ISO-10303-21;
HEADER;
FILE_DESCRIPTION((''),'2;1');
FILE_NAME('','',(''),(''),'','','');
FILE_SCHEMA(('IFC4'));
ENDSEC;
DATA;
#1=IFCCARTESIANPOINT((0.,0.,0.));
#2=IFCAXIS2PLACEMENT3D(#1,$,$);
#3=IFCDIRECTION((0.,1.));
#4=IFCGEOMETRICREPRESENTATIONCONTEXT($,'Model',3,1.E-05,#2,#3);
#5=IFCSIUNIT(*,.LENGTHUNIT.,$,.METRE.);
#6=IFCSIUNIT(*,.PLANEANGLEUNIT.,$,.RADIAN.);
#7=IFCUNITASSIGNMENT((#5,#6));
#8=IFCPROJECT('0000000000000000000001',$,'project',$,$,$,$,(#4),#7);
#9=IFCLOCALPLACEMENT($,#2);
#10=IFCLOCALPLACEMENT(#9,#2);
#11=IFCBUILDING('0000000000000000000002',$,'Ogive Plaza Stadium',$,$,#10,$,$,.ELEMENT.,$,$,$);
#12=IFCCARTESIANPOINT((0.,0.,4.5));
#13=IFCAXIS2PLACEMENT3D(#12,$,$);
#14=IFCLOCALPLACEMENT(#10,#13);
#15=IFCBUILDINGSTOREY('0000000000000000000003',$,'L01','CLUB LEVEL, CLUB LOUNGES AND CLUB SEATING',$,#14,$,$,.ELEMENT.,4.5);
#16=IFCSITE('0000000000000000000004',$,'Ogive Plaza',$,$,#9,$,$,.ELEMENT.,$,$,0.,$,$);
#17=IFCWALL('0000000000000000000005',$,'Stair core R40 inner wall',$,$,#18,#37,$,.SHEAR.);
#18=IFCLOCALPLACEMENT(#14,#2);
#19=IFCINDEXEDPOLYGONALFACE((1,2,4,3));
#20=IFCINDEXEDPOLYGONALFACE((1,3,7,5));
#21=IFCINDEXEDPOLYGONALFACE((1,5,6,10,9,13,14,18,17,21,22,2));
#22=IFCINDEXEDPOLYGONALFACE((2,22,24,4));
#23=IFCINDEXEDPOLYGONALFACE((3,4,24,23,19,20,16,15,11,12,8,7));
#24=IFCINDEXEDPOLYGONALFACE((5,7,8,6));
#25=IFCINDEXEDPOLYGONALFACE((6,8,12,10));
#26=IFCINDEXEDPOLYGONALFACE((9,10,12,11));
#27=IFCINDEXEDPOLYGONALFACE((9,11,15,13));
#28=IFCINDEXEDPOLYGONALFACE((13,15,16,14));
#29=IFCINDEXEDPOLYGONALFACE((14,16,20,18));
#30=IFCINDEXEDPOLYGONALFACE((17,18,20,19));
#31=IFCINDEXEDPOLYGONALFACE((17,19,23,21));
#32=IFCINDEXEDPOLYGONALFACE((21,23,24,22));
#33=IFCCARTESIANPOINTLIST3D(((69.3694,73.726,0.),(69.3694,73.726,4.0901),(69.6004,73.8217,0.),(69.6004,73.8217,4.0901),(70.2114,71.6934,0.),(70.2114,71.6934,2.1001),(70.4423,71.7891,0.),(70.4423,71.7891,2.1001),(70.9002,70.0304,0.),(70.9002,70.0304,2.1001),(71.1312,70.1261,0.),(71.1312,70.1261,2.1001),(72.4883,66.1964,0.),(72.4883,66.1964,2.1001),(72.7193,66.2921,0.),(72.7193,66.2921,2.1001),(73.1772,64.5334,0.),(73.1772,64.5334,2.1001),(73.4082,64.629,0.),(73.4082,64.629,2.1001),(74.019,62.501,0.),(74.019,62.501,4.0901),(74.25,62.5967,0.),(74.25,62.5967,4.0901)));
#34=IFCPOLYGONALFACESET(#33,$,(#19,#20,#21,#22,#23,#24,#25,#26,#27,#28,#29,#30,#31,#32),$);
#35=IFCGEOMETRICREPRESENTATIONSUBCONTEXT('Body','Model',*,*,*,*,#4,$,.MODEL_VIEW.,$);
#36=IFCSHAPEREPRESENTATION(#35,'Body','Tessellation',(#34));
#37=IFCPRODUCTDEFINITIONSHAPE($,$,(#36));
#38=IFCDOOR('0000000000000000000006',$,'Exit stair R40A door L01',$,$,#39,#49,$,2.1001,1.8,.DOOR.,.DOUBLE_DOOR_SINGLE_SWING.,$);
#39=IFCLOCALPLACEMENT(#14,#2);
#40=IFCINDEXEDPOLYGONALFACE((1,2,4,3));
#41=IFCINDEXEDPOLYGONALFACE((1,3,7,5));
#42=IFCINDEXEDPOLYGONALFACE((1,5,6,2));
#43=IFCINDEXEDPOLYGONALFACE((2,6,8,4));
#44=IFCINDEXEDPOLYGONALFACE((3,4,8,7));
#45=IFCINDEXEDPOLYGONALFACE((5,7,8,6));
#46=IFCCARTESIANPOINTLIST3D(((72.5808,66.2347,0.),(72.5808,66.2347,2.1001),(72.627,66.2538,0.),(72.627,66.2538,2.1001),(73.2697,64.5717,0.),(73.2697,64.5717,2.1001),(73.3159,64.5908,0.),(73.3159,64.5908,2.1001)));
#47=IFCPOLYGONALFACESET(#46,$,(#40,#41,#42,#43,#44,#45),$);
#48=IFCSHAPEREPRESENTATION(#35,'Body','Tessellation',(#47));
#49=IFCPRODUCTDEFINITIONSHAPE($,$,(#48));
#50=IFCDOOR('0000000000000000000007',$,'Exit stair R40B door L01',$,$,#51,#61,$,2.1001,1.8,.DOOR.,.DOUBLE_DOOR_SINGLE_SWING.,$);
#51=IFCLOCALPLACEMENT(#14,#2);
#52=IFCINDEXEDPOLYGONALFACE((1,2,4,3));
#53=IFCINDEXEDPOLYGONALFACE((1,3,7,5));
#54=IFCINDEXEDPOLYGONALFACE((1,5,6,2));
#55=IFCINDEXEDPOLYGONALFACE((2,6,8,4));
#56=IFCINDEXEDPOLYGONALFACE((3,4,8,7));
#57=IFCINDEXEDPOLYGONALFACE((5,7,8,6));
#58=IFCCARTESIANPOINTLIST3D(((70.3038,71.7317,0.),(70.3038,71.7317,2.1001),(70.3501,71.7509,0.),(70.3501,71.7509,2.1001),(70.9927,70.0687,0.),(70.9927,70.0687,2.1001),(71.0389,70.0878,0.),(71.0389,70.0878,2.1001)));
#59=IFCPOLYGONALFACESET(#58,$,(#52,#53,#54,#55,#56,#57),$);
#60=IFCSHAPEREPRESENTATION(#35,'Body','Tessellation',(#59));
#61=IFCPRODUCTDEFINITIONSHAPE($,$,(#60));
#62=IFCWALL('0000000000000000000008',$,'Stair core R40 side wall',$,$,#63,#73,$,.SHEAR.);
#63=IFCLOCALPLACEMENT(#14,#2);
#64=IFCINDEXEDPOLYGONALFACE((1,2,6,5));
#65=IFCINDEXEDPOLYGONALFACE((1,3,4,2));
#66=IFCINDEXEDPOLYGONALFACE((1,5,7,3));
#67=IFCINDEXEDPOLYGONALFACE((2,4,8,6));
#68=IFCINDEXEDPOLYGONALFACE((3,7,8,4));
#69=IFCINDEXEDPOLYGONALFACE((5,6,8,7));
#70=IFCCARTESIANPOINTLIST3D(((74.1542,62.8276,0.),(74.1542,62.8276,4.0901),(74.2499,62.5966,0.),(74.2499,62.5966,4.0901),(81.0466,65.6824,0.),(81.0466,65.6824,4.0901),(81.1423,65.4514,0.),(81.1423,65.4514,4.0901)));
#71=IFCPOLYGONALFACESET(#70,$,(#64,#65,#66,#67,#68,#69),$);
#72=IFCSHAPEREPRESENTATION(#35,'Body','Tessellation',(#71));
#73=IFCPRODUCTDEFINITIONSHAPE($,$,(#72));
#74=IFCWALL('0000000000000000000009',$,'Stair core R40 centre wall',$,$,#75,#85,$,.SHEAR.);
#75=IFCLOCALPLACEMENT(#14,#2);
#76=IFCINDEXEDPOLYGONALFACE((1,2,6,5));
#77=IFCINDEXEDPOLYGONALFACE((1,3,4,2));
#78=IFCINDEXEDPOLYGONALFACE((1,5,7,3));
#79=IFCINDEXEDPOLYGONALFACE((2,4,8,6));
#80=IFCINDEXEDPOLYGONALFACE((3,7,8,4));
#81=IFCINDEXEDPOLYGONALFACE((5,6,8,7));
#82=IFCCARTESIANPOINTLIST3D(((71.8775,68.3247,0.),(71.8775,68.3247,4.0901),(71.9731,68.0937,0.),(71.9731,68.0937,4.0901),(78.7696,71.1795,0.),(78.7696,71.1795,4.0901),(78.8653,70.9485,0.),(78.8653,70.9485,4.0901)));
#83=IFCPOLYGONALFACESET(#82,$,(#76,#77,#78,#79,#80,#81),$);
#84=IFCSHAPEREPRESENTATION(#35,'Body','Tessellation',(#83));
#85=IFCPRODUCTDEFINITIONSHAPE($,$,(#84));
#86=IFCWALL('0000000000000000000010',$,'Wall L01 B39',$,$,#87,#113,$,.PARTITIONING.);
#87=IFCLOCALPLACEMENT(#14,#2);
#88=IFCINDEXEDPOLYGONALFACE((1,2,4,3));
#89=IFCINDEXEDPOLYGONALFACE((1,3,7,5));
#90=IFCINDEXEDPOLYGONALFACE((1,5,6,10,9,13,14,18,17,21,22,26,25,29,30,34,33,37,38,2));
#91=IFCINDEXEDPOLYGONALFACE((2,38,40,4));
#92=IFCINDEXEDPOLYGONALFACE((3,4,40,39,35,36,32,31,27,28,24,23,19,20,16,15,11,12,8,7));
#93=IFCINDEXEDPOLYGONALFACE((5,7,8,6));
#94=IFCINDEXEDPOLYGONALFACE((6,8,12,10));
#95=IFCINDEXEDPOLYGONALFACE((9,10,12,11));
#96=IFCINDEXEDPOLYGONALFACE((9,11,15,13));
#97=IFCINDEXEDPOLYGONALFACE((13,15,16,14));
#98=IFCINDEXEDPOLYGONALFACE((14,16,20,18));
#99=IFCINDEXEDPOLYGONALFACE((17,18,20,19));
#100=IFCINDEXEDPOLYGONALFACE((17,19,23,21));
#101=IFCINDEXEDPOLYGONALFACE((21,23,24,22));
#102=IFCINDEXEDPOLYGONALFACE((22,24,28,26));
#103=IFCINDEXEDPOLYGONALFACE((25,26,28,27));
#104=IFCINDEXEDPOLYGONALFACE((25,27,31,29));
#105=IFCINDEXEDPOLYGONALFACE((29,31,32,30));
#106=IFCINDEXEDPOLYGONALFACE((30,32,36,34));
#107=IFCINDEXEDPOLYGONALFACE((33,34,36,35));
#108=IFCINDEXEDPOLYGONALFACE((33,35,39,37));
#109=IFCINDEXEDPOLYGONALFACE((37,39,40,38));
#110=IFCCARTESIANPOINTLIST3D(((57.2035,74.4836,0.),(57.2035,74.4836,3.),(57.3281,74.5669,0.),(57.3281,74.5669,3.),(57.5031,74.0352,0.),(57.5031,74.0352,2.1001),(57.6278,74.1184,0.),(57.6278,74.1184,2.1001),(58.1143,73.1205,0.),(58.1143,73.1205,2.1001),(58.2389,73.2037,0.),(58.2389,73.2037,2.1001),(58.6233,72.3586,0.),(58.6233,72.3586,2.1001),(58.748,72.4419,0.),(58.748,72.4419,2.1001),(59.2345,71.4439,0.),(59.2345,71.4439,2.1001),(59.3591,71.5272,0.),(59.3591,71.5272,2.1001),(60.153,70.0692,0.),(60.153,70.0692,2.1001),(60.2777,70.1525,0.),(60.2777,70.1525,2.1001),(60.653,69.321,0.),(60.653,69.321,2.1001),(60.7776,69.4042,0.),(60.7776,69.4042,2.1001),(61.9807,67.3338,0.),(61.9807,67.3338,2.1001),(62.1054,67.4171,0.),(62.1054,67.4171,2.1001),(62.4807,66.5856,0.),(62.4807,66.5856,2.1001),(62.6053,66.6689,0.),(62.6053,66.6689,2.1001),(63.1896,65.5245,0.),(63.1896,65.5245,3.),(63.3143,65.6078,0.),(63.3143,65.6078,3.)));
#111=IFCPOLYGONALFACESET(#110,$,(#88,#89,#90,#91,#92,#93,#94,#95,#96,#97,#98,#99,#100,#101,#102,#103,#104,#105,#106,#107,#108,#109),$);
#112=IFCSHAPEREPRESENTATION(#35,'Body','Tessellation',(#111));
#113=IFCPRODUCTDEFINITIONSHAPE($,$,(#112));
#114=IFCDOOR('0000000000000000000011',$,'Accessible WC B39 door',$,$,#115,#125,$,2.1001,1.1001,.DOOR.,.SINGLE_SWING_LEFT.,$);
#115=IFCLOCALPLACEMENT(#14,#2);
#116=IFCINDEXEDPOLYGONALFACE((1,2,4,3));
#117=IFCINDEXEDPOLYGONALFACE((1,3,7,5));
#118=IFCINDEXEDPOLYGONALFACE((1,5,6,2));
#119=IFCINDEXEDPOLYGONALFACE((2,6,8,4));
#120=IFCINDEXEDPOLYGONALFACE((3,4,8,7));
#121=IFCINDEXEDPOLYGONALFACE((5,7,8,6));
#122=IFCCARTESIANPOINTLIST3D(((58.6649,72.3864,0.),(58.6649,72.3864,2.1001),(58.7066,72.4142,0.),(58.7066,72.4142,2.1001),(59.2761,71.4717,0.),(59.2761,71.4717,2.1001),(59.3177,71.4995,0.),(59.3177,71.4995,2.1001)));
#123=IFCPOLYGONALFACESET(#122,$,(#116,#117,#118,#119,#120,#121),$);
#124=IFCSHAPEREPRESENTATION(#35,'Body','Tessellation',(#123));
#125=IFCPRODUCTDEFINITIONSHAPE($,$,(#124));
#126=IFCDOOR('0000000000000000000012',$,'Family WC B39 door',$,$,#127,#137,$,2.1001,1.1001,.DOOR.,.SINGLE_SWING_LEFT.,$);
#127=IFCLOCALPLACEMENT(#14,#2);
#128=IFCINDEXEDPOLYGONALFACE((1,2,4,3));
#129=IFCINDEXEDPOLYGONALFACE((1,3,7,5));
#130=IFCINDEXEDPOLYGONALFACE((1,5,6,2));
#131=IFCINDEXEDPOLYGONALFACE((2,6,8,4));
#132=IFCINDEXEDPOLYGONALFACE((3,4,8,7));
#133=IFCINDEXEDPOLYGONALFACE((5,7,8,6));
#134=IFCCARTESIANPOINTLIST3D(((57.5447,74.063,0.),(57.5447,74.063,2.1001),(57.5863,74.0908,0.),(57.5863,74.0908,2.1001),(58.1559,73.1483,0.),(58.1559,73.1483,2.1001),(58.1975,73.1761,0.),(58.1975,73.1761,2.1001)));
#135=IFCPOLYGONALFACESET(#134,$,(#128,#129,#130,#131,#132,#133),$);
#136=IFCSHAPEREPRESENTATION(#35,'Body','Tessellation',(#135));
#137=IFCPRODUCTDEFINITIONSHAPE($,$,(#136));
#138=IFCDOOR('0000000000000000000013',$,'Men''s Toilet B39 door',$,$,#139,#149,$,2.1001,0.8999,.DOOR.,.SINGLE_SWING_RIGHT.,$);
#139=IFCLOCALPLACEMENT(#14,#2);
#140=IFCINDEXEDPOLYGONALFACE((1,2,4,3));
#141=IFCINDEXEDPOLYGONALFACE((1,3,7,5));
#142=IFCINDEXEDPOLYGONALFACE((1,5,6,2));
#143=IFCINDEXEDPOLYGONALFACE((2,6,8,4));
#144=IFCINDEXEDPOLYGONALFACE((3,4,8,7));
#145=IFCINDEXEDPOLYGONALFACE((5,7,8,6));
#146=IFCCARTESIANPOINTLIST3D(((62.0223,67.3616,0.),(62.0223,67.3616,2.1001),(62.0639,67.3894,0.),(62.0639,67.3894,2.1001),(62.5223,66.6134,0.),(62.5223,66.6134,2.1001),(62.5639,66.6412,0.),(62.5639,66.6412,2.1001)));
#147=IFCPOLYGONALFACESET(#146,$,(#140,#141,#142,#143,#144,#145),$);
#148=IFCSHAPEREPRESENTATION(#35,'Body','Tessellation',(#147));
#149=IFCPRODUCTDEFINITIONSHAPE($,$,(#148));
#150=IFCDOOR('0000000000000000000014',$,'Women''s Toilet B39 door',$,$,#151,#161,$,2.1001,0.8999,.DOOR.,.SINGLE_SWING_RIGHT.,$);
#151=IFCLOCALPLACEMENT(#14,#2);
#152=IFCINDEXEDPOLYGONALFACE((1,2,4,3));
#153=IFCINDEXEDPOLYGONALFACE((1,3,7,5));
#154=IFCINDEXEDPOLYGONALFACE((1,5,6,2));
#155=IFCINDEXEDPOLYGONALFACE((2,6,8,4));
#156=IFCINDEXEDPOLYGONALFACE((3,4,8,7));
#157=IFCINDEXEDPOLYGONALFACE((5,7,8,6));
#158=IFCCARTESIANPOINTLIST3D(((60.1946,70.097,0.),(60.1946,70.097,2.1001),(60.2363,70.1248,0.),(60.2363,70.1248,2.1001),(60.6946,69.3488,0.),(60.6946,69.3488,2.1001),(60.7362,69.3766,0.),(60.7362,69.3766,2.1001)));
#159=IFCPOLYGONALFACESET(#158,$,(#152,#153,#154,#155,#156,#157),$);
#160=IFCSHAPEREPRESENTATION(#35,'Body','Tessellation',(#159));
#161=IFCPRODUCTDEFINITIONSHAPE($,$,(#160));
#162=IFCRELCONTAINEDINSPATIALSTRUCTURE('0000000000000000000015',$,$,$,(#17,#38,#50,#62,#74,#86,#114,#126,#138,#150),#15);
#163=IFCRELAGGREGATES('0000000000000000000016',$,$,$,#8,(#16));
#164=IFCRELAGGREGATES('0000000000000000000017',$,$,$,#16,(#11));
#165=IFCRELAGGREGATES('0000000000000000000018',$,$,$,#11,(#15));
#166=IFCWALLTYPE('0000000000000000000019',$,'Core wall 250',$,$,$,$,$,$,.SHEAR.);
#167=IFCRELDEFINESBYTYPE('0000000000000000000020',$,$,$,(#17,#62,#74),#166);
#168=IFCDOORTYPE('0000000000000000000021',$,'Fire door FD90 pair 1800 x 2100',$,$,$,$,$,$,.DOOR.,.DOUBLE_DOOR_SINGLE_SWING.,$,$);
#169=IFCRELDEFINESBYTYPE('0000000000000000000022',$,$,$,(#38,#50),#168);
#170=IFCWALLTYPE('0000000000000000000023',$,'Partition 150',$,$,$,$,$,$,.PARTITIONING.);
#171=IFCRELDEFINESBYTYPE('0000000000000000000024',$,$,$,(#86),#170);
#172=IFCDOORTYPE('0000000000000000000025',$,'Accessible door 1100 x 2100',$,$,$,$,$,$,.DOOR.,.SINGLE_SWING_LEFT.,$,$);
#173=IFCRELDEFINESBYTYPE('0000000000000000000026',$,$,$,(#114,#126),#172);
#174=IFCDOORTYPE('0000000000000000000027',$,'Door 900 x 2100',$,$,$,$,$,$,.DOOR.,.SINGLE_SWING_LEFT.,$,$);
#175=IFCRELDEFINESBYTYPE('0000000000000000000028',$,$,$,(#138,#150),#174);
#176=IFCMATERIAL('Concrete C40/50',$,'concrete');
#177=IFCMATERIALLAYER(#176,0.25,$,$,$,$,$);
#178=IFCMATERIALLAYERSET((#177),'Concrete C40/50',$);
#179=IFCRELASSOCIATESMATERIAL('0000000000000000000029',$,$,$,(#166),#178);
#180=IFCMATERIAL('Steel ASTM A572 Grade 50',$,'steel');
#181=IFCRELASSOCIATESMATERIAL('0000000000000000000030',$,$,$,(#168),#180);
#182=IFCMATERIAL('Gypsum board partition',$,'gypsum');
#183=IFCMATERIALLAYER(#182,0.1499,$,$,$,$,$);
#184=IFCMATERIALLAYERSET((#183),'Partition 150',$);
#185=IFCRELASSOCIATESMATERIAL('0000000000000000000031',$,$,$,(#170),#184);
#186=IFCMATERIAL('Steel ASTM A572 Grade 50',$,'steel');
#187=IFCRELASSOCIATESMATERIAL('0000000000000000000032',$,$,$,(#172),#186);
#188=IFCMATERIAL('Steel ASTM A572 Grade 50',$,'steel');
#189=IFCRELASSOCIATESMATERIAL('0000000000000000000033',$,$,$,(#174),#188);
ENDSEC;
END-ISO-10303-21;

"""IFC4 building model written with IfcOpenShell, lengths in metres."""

from ifc_helpers import new_model, si_unit, direction, frame, frame_2d, origin, place, context, subcontext, project, spatial, rectangle, extrude, material, layer, layer_set, type_object, element, fill, save


model = new_model("IFC4")

# Units and contexts
model_context = context("Model", 3, precision=1e-05, world=origin(), true_north=direction((0.0, 1.0)))
body_context = subcontext(model_context, "Body", "Model", "MODEL_VIEW")
ifc_project = project(units=[si_unit("LENGTHUNIT", "METRE"), si_unit("PLANEANGLEUNIT", "RADIAN")], contexts=[model_context])

# Site, building, storey
site_placement = place(None, origin())
site = spatial("IfcSite", under=ifc_project, at=site_placement, Name="Ogive Plaza", CompositionType="ELEMENT", RefElevation=0.0)
building_placement = place(site_placement, origin())
building = spatial("IfcBuilding", under=site, at=building_placement, Name="Ogive Plaza Stadium", CompositionType="ELEMENT")
storey_placement = place(building_placement, frame((0.0, 0.0, 4.5)))
storey = spatial("IfcBuildingStorey", under=building, at=storey_placement, Name="L01", Description="CLUB LEVEL, CLUB LOUNGES AND CLUB SEATING", CompositionType="ELEMENT", Elevation=4.5)

# Wall, openings, doors
ifc_material_1 = material(Name="Concrete C40/50", Category="concrete")
ifc_layer_1 = layer(ifc_material_1, 0.25)
ifc_layer_set_1 = layer_set([ifc_layer_1], Name="Concrete C40/50")
wall_type_1 = type_object("IfcWallType", Name="Core wall 250", PredefinedType="SHEAR", material=ifc_layer_set_1)
wall_1_placement = place(storey_placement, frame((74.1345, 62.5488, 0.0), z_axis=(0.0, 0.0, 1.0), x_axis=(-0.382688, 0.923877, 0.0)))
wall_1 = element("IfcWall", 1, at=wall_1_placement, inside=storey, type_object=wall_type_1, Name="Stair core R40 inner wall", PredefinedType="SHEAR", context=body_context, shape_type="SweptSolid", body=[
    extrude(rectangle(XDim=12.1499, YDim=0.25, at=frame_2d((6.075, 0.0))), origin(), (0.0, 0.0, 1.0), 4.0901),
])
opening_1_placement = place(wall_1_placement, frame((2.2, 0.0, 0.0)))
opening_1 = element("IfcOpeningElement", 2, at=opening_1_placement, cuts=wall_1, PredefinedType="OPENING", context=body_context, shape_type="SweptSolid", body=[
    extrude(rectangle(XDim=1.8, YDim=2.1001, at=frame_2d((0.8999, 1.05))), frame((0.0, 0.125, 0.0), z_axis=(0.0, -1.0, 0.0), x_axis=(1.0, 0.0, 0.0)), (0.0, 0.0, 1.0), 0.25),
])
opening_2_placement = place(wall_1_placement, frame((8.1499, 0.0, 0.0)))
opening_2 = element("IfcOpeningElement", 3, at=opening_2_placement, cuts=wall_1, PredefinedType="OPENING", context=body_context, shape_type="SweptSolid", body=[
    extrude(rectangle(XDim=1.8, YDim=2.1001, at=frame_2d((0.8999, 1.05))), frame((0.0, 0.125, 0.0), z_axis=(0.0, -1.0, 0.0), x_axis=(1.0, 0.0, 0.0)), (0.0, 0.0, 1.0), 0.25),
])
ifc_material_2 = material(Name="Steel ASTM A572 Grade 50", Category="steel")
door_type_1 = type_object("IfcDoorType", Name="Fire door FD90 pair 1800 x 2100", OperationType="DOUBLE_DOOR_SINGLE_SWING", PredefinedType="DOOR", material=ifc_material_2)
door_1_placement = place(opening_1_placement, origin())
door_1 = element("IfcDoor", 4, at=door_1_placement, inside=storey, type_object=door_type_1, Name="Exit stair R40A door L01", OperationType="DOUBLE_DOOR_SINGLE_SWING", OverallHeight=2.1001, OverallWidth=1.8, PredefinedType="DOOR", context=body_context, shape_type="SweptSolid", body=[
    extrude(rectangle(XDim=1.8, YDim=2.1001, at=frame_2d((0.8999, 1.05))), frame((0.0, 0.0249, 0.0), z_axis=(0.0, -1.0, 0.0), x_axis=(1.0, 0.0, 0.0)), (0.0, 0.0, 1.0), 0.05),
])
fill(opening_1, door_1)
door_2_placement = place(opening_2_placement, origin())
door_2 = element("IfcDoor", 5, at=door_2_placement, inside=storey, type_object=door_type_1, Name="Exit stair R40B door L01", OperationType="DOUBLE_DOOR_SINGLE_SWING", OverallHeight=2.1001, OverallWidth=1.8, PredefinedType="DOOR", context=body_context, shape_type="SweptSolid", body=[
    extrude(rectangle(XDim=1.8, YDim=2.1001, at=frame_2d((0.8999, 1.05))), frame((0.0, 0.0249, 0.0), z_axis=(0.0, -1.0, 0.0), x_axis=(1.0, 0.0, 0.0)), (0.0, 0.0, 1.0), 0.05),
])
fill(opening_2, door_2)

# Walls
wall_2_placement = place(storey_placement, frame((74.2021, 62.7122, 0.0), z_axis=(0.0, 0.0, 1.0), x_axis=(0.923887, 0.382665, 0.0)))
element("IfcWall", 6, at=wall_2_placement, inside=storey, type_object=wall_type_1, Name="Stair core R40 side wall", PredefinedType="SHEAR", context=body_context, shape_type="SweptSolid", body=[
    extrude(rectangle(XDim=7.4602, YDim=0.25, at=frame_2d((3.73, 0.0))), origin(), (0.0, 0.0, 1.0), 4.0901),
])
wall_3_placement = place(storey_placement, frame((71.9253, 68.2092, 0.0), z_axis=(0.0, 0.0, 1.0), x_axis=(0.923882, 0.382676, 0.0)))
element("IfcWall", 7, at=wall_3_placement, inside=storey, type_object=wall_type_1, Name="Stair core R40 centre wall", PredefinedType="SHEAR", context=body_context, shape_type="SweptSolid", body=[
    extrude(rectangle(XDim=7.46, YDim=0.25, at=frame_2d((3.73, 0.0))), origin(), (0.0, 0.0, 1.0), 4.0901),
])

# Wall, openings, doors
ifc_material_3 = material(Name="Gypsum board partition", Category="gypsum")
ifc_layer_2 = layer(ifc_material_3, 0.1499)
ifc_layer_set_2 = layer_set([ifc_layer_2], Name="Partition 150")
wall_type_2 = type_object("IfcWallType", Name="Partition 150", PredefinedType="PARTITIONING", material=ifc_layer_set_2)
wall_4_placement = place(storey_placement, frame((63.252, 65.5662, 0.0), z_axis=(0.0, 0.0, 1.0), x_axis=(-0.555563, 0.831475, 0.0)))
wall_4 = element("IfcWall", 8, at=wall_4_placement, inside=storey, type_object=wall_type_2, Name="Wall L01 B39", PredefinedType="PARTITIONING", context=body_context, shape_type="SweptSolid", body=[
    extrude(rectangle(XDim=10.7749, YDim=0.1499, at=frame_2d((5.3875, 0.0))), origin(), (0.0, 0.0, 1.0), 3.0),
])
opening_3_placement = place(wall_4_placement, frame((1.2761, 0.0, 0.0)))
opening_3 = element("IfcOpeningElement", 9, at=opening_3_placement, cuts=wall_4, PredefinedType="OPENING", context=body_context, shape_type="SweptSolid", body=[
    extrude(rectangle(XDim=0.8999, YDim=2.1001, at=frame_2d((0.45, 1.05))), frame((0.0, 0.075, 0.0), z_axis=(0.0, -1.0, 0.0), x_axis=(1.0, 0.0, 0.0)), (0.0, 0.0, 1.0), 0.1499),
])
opening_4_placement = place(wall_4_placement, frame((4.5659, 0.0, 0.0)))
opening_4 = element("IfcOpeningElement", 10, at=opening_4_placement, cuts=wall_4, PredefinedType="OPENING", context=body_context, shape_type="SweptSolid", body=[
    extrude(rectangle(XDim=0.8999, YDim=2.1001, at=frame_2d((0.45, 1.05))), frame((0.0, 0.075, 0.0), z_axis=(0.0, -1.0, 0.0), x_axis=(1.0, 0.0, 0.0)), (0.0, 0.0, 1.0), 0.1499),
])
opening_5_placement = place(wall_4_placement, frame((7.1191, 0.0, 0.0)))
opening_5 = element("IfcOpeningElement", 11, at=opening_5_placement, cuts=wall_4, PredefinedType="OPENING", context=body_context, shape_type="SweptSolid", body=[
    extrude(rectangle(XDim=1.1001, YDim=2.1001, at=frame_2d((0.55, 1.05))), frame((0.0, 0.075, 0.0), z_axis=(0.0, -1.0, 0.0), x_axis=(1.0, 0.0, 0.0)), (0.0, 0.0, 1.0), 0.1499),
])
opening_6_placement = place(wall_4_placement, frame((9.1355, 0.0, 0.0)))
opening_6 = element("IfcOpeningElement", 12, at=opening_6_placement, cuts=wall_4, PredefinedType="OPENING", context=body_context, shape_type="SweptSolid", body=[
    extrude(rectangle(XDim=1.1001, YDim=2.1001, at=frame_2d((0.55, 1.05))), frame((0.0, 0.075, 0.0), z_axis=(0.0, -1.0, 0.0), x_axis=(1.0, 0.0, 0.0)), (0.0, 0.0, 1.0), 0.1499),
])
ifc_material_4 = material(Name="Steel ASTM A572 Grade 50", Category="steel")
door_type_2 = type_object("IfcDoorType", Name="Accessible door 1100 x 2100", OperationType="SINGLE_SWING_LEFT", PredefinedType="DOOR", material=ifc_material_4)
door_3_placement = place(opening_5_placement, origin())
door_3 = element("IfcDoor", 13, at=door_3_placement, inside=storey, type_object=door_type_2, Name="Accessible WC B39 door", OperationType="SINGLE_SWING_LEFT", OverallHeight=2.1001, OverallWidth=1.1001, PredefinedType="DOOR", context=body_context, shape_type="SweptSolid", body=[
    extrude(rectangle(XDim=1.1001, YDim=2.1001, at=frame_2d((0.55, 1.05))), frame((0.0, 0.0249, 0.0), z_axis=(0.0, -1.0, 0.0), x_axis=(1.0, 0.0, 0.0)), (0.0, 0.0, 1.0), 0.05),
])
fill(opening_5, door_3)
door_4_placement = place(opening_6_placement, origin())
door_4 = element("IfcDoor", 14, at=door_4_placement, inside=storey, type_object=door_type_2, Name="Family WC B39 door", OperationType="SINGLE_SWING_LEFT", OverallHeight=2.1001, OverallWidth=1.1001, PredefinedType="DOOR", context=body_context, shape_type="SweptSolid", body=[
    extrude(rectangle(XDim=1.1001, YDim=2.1001, at=frame_2d((0.55, 1.05))), frame((0.0, 0.0249, 0.0), z_axis=(0.0, -1.0, 0.0), x_axis=(1.0, 0.0, 0.0)), (0.0, 0.0, 1.0), 0.05),
])
fill(opening_6, door_4)
ifc_material_5 = material(Name="Steel ASTM A572 Grade 50", Category="steel")
door_type_3 = type_object("IfcDoorType", Name="Door 900 x 2100", OperationType="SINGLE_SWING_LEFT", PredefinedType="DOOR", material=ifc_material_5)
door_5_placement = place(opening_3_placement, origin())
door_5 = element("IfcDoor", 15, at=door_5_placement, inside=storey, type_object=door_type_3, Name="Men's Toilet B39 door", OperationType="SINGLE_SWING_RIGHT", OverallHeight=2.1001, OverallWidth=0.8999, PredefinedType="DOOR", context=body_context, shape_type="SweptSolid", body=[
    extrude(rectangle(XDim=0.8999, YDim=2.1001, at=frame_2d((0.45, 1.05))), frame((0.0, 0.0249, 0.0), z_axis=(0.0, -1.0, 0.0), x_axis=(1.0, 0.0, 0.0)), (0.0, 0.0, 1.0), 0.05),
])
fill(opening_3, door_5)
door_6_placement = place(opening_4_placement, origin())
door_6 = element("IfcDoor", 16, at=door_6_placement, inside=storey, type_object=door_type_3, Name="Women's Toilet B39 door", OperationType="SINGLE_SWING_RIGHT", OverallHeight=2.1001, OverallWidth=0.8999, PredefinedType="DOOR", context=body_context, shape_type="SweptSolid", body=[
    extrude(rectangle(XDim=0.8999, YDim=2.1001, at=frame_2d((0.45, 1.05))), frame((0.0, 0.0249, 0.0), z_axis=(0.0, -1.0, 0.0), x_axis=(1.0, 0.0, 0.0)), (0.0, 0.0, 1.0), 0.05),
])
fill(opening_4, door_6)

save(model, "model.ifc")
